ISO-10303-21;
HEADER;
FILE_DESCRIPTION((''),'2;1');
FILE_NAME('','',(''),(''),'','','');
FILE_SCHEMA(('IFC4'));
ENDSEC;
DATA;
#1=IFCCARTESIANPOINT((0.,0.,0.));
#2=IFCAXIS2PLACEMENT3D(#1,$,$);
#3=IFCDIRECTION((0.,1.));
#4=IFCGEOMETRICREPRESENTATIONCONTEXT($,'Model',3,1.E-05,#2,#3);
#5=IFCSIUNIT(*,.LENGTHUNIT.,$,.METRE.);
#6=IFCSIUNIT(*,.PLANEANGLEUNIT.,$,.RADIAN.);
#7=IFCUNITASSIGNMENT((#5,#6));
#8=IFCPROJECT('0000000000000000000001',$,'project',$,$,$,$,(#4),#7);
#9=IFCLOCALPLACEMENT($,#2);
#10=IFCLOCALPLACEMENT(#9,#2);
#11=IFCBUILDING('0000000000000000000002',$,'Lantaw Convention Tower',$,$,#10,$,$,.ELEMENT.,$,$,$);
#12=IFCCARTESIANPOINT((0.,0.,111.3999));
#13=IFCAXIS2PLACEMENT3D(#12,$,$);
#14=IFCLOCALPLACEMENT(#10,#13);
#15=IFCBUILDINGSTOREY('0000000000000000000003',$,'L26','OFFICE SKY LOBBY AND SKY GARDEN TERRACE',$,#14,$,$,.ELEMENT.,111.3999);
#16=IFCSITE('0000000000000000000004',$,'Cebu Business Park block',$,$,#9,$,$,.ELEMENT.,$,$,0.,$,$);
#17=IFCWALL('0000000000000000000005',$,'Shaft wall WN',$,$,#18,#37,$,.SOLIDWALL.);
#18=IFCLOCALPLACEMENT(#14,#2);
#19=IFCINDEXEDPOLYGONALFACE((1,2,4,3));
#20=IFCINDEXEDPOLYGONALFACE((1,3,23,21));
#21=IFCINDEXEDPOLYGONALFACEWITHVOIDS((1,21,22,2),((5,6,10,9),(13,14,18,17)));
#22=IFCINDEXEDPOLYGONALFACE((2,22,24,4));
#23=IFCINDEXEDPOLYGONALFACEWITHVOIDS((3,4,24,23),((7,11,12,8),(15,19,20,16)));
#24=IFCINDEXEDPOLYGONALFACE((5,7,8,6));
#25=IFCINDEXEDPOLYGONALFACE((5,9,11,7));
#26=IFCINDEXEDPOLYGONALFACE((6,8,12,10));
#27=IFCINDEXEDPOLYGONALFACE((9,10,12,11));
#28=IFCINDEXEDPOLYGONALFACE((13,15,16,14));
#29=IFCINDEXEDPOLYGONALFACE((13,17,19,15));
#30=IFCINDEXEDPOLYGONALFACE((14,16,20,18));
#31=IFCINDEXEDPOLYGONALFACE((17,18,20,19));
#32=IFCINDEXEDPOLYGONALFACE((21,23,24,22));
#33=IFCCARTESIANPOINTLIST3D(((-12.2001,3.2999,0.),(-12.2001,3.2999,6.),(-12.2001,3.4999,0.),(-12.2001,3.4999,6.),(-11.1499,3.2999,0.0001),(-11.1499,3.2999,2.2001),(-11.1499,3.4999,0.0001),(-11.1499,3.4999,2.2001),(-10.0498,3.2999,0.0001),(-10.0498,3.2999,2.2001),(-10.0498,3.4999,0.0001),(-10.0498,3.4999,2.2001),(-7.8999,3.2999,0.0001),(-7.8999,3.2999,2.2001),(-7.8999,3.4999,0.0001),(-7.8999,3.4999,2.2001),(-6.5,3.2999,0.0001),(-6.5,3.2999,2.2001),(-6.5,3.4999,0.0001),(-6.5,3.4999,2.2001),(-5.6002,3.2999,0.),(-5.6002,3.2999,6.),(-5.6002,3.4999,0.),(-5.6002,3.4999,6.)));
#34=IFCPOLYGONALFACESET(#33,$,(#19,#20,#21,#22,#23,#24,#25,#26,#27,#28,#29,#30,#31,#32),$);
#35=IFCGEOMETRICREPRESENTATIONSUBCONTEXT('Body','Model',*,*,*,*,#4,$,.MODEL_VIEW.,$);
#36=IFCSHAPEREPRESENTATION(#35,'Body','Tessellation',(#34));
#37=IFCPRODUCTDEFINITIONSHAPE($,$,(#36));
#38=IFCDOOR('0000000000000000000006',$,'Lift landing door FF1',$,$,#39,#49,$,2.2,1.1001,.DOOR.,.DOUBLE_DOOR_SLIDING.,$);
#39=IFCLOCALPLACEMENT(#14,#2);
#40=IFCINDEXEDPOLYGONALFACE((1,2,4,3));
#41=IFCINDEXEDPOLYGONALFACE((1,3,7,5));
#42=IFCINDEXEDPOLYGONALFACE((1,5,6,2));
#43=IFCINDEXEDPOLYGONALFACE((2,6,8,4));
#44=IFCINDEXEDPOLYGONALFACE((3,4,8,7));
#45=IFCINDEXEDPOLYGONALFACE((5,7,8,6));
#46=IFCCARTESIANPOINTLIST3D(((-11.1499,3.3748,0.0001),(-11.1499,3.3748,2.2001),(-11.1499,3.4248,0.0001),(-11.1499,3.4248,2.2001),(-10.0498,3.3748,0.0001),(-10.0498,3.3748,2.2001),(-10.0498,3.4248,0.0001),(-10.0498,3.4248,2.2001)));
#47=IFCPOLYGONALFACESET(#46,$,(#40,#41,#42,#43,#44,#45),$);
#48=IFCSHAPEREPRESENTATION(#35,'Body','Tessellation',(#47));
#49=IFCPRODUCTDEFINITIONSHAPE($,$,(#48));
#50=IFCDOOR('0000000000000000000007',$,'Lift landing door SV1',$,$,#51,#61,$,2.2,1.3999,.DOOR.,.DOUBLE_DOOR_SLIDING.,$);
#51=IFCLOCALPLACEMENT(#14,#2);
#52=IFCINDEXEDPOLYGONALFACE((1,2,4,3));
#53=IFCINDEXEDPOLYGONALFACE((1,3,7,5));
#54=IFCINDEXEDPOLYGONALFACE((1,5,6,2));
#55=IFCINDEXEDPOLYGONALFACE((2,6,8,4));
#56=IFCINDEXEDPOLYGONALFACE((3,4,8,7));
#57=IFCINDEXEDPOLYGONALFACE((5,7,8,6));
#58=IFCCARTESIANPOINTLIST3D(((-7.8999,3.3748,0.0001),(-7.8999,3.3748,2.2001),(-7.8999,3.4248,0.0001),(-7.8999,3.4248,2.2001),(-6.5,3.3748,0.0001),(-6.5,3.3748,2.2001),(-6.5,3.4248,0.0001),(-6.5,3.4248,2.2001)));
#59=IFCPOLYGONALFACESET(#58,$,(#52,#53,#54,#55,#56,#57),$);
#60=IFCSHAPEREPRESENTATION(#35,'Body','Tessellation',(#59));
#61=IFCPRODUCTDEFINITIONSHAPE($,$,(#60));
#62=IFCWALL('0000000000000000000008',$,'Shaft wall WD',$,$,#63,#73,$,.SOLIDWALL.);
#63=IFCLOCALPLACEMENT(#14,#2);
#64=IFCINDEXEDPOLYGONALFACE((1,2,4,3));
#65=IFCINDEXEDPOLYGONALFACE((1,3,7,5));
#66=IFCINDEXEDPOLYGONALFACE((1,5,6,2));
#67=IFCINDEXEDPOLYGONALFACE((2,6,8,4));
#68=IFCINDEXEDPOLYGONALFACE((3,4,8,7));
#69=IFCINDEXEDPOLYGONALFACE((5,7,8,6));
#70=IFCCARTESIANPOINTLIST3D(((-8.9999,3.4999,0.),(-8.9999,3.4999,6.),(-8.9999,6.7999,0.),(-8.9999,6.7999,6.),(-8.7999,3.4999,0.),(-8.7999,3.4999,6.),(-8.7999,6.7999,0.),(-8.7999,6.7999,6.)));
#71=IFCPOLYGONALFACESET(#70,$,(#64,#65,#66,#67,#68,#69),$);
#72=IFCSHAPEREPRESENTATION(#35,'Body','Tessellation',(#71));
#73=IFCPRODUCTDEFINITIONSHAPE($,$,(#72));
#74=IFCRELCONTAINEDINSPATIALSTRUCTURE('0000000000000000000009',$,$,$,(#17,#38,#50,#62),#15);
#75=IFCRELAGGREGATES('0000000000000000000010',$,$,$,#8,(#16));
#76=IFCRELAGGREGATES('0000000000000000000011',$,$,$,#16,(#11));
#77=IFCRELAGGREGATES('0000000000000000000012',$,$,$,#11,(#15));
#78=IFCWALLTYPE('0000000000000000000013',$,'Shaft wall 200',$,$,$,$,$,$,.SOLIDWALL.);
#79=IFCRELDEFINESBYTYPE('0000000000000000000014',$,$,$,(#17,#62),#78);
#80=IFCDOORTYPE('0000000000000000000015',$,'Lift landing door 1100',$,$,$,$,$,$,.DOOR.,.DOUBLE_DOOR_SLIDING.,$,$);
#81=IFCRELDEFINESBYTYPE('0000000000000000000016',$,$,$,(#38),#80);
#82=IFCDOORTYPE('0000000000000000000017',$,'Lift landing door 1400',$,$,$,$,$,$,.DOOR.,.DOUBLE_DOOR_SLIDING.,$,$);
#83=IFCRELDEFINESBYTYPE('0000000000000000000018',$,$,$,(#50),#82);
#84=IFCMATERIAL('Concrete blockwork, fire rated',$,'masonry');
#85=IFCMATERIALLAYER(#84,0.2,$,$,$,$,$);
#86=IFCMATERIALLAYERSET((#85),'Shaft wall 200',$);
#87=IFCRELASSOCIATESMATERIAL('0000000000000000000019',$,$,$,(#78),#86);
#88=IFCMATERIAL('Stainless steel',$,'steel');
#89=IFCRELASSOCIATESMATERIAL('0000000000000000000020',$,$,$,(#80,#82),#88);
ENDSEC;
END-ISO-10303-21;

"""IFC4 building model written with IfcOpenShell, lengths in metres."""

from ifc_helpers import new_model, si_unit, direction, frame, frame_2d, origin, place, context, subcontext, project, spatial, rectangle, extrude, material, layer, layer_set, type_object, element, fill, save


model = new_model("IFC4")

# Units and contexts
model_context = context("Model", 3, precision=1e-05, world=origin(), true_north=direction((0.0, 1.0)))
body_context = subcontext(model_context, "Body", "Model", "MODEL_VIEW")
ifc_project = project(units=[si_unit("LENGTHUNIT", "METRE"), si_unit("PLANEANGLEUNIT", "RADIAN")], contexts=[model_context])

# Site, building, storey
site_placement = place(None, origin())
site = spatial("IfcSite", under=ifc_project, at=site_placement, Name="Cebu Business Park block", CompositionType="ELEMENT", RefElevation=0.0)
building_placement = place(site_placement, origin())
building = spatial("IfcBuilding", under=site, at=building_placement, Name="Lantaw Convention Tower", CompositionType="ELEMENT")
storey_placement = place(building_placement, frame((0.0, 0.0, 111.3999)))
storey = spatial("IfcBuildingStorey", under=building, at=storey_placement, Name="L26", Description="OFFICE SKY LOBBY AND SKY GARDEN TERRACE", CompositionType="ELEMENT", Elevation=111.3999)

# Wall, openings, doors
ifc_material_1 = material(Name="Concrete blockwork, fire rated", Category="masonry")
ifc_layer_1 = layer(ifc_material_1, 0.2)
ifc_layer_set_1 = layer_set([ifc_layer_1], Name="Shaft wall 200")
wall_type_1 = type_object("IfcWallType", Name="Shaft wall 200", PredefinedType="SOLIDWALL", material=ifc_layer_set_1)
wall_1_placement = place(storey_placement, frame((-12.2, 3.3999, 0.0), z_axis=(0.0, 0.0, 1.0), x_axis=(1.0, 0.0, 0.0)))
wall_1 = element("IfcWall", 1, at=wall_1_placement, inside=storey, type_object=wall_type_1, Name="Shaft wall WN", PredefinedType="SOLIDWALL", context=body_context, shape_type="SweptSolid", body=[
    extrude(rectangle(XDim=6.5999, YDim=0.2, at=frame_2d((3.2998, 0.0))), origin(), (0.0, 0.0, 1.0), 6.0),
])
opening_1_placement = place(wall_1_placement, frame((1.05, 0.0, 0.0)))
opening_1 = element("IfcOpeningElement", 2, at=opening_1_placement, cuts=wall_1, PredefinedType="OPENING", context=body_context, shape_type="SweptSolid", body=[
    extrude(rectangle(XDim=1.1001, YDim=2.2, at=frame_2d((0.55, 1.1001))), frame((0.0, 0.1099, 0.0), z_axis=(0.0, -1.0, 0.0), x_axis=(1.0, 0.0, 0.0)), (0.0, 0.0, 1.0), 0.22),
])
opening_2_placement = place(wall_1_placement, frame((4.3, 0.0, 0.0)))
opening_2 = element("IfcOpeningElement", 3, at=opening_2_placement, cuts=wall_1, PredefinedType="OPENING", context=body_context, shape_type="SweptSolid", body=[
    extrude(rectangle(XDim=1.3999, YDim=2.2, at=frame_2d((0.7, 1.1001))), frame((0.0, 0.1099, 0.0), z_axis=(0.0, -1.0, 0.0), x_axis=(1.0, 0.0, 0.0)), (0.0, 0.0, 1.0), 0.22),
])
ifc_material_2 = material(Name="Stainless steel", Category="steel")
door_type_1 = type_object("IfcDoorType", Name="Lift landing door 1100", OperationType="DOUBLE_DOOR_SLIDING", PredefinedType="DOOR", material=ifc_material_2)
door_1_placement = place(opening_1_placement, origin())
door_1 = element("IfcDoor", 4, at=door_1_placement, inside=storey, type_object=door_type_1, Name="Lift landing door FF1", OperationType="DOUBLE_DOOR_SLIDING", OverallHeight=2.2, OverallWidth=1.1001, PredefinedType="DOOR", context=body_context, shape_type="SweptSolid", body=[
    extrude(rectangle(XDim=1.1001, YDim=2.2, at=frame_2d((0.55, 1.1001))), frame((0.0, 0.0249, 0.0), z_axis=(0.0, -1.0, 0.0), x_axis=(1.0, 0.0, 0.0)), (0.0, 0.0, 1.0), 0.05),
])
fill(opening_1, door_1)
door_type_2 = type_object("IfcDoorType", Name="Lift landing door 1400", OperationType="DOUBLE_DOOR_SLIDING", PredefinedType="DOOR", material=ifc_material_2)
door_2_placement = place(opening_2_placement, origin())
door_2 = element("IfcDoor", 5, at=door_2_placement, inside=storey, type_object=door_type_2, Name="Lift landing door SV1", OperationType="DOUBLE_DOOR_SLIDING", OverallHeight=2.2, OverallWidth=1.3999, PredefinedType="DOOR", context=body_context, shape_type="SweptSolid", body=[
    extrude(rectangle(XDim=1.3999, YDim=2.2, at=frame_2d((0.7, 1.1001))), frame((0.0, 0.0249, 0.0), z_axis=(0.0, -1.0, 0.0), x_axis=(1.0, 0.0, 0.0)), (0.0, 0.0, 1.0), 0.05),
])
fill(opening_2, door_2)

# Wall
wall_2_placement = place(storey_placement, frame((-8.8999, 3.5, 0.0), z_axis=(0.0, 0.0, 1.0), x_axis=(0.0, 1.0, 0.0)))
element("IfcWall", 6, at=wall_2_placement, inside=storey, type_object=wall_type_1, Name="Shaft wall WD", PredefinedType="SOLIDWALL", context=body_context, shape_type="SweptSolid", body=[
    extrude(rectangle(XDim=3.3, YDim=0.2, at=frame_2d((1.6499, 0.0))), origin(), (0.0, 0.0, 1.0), 6.0),
])

save(model, "model.ifc")
